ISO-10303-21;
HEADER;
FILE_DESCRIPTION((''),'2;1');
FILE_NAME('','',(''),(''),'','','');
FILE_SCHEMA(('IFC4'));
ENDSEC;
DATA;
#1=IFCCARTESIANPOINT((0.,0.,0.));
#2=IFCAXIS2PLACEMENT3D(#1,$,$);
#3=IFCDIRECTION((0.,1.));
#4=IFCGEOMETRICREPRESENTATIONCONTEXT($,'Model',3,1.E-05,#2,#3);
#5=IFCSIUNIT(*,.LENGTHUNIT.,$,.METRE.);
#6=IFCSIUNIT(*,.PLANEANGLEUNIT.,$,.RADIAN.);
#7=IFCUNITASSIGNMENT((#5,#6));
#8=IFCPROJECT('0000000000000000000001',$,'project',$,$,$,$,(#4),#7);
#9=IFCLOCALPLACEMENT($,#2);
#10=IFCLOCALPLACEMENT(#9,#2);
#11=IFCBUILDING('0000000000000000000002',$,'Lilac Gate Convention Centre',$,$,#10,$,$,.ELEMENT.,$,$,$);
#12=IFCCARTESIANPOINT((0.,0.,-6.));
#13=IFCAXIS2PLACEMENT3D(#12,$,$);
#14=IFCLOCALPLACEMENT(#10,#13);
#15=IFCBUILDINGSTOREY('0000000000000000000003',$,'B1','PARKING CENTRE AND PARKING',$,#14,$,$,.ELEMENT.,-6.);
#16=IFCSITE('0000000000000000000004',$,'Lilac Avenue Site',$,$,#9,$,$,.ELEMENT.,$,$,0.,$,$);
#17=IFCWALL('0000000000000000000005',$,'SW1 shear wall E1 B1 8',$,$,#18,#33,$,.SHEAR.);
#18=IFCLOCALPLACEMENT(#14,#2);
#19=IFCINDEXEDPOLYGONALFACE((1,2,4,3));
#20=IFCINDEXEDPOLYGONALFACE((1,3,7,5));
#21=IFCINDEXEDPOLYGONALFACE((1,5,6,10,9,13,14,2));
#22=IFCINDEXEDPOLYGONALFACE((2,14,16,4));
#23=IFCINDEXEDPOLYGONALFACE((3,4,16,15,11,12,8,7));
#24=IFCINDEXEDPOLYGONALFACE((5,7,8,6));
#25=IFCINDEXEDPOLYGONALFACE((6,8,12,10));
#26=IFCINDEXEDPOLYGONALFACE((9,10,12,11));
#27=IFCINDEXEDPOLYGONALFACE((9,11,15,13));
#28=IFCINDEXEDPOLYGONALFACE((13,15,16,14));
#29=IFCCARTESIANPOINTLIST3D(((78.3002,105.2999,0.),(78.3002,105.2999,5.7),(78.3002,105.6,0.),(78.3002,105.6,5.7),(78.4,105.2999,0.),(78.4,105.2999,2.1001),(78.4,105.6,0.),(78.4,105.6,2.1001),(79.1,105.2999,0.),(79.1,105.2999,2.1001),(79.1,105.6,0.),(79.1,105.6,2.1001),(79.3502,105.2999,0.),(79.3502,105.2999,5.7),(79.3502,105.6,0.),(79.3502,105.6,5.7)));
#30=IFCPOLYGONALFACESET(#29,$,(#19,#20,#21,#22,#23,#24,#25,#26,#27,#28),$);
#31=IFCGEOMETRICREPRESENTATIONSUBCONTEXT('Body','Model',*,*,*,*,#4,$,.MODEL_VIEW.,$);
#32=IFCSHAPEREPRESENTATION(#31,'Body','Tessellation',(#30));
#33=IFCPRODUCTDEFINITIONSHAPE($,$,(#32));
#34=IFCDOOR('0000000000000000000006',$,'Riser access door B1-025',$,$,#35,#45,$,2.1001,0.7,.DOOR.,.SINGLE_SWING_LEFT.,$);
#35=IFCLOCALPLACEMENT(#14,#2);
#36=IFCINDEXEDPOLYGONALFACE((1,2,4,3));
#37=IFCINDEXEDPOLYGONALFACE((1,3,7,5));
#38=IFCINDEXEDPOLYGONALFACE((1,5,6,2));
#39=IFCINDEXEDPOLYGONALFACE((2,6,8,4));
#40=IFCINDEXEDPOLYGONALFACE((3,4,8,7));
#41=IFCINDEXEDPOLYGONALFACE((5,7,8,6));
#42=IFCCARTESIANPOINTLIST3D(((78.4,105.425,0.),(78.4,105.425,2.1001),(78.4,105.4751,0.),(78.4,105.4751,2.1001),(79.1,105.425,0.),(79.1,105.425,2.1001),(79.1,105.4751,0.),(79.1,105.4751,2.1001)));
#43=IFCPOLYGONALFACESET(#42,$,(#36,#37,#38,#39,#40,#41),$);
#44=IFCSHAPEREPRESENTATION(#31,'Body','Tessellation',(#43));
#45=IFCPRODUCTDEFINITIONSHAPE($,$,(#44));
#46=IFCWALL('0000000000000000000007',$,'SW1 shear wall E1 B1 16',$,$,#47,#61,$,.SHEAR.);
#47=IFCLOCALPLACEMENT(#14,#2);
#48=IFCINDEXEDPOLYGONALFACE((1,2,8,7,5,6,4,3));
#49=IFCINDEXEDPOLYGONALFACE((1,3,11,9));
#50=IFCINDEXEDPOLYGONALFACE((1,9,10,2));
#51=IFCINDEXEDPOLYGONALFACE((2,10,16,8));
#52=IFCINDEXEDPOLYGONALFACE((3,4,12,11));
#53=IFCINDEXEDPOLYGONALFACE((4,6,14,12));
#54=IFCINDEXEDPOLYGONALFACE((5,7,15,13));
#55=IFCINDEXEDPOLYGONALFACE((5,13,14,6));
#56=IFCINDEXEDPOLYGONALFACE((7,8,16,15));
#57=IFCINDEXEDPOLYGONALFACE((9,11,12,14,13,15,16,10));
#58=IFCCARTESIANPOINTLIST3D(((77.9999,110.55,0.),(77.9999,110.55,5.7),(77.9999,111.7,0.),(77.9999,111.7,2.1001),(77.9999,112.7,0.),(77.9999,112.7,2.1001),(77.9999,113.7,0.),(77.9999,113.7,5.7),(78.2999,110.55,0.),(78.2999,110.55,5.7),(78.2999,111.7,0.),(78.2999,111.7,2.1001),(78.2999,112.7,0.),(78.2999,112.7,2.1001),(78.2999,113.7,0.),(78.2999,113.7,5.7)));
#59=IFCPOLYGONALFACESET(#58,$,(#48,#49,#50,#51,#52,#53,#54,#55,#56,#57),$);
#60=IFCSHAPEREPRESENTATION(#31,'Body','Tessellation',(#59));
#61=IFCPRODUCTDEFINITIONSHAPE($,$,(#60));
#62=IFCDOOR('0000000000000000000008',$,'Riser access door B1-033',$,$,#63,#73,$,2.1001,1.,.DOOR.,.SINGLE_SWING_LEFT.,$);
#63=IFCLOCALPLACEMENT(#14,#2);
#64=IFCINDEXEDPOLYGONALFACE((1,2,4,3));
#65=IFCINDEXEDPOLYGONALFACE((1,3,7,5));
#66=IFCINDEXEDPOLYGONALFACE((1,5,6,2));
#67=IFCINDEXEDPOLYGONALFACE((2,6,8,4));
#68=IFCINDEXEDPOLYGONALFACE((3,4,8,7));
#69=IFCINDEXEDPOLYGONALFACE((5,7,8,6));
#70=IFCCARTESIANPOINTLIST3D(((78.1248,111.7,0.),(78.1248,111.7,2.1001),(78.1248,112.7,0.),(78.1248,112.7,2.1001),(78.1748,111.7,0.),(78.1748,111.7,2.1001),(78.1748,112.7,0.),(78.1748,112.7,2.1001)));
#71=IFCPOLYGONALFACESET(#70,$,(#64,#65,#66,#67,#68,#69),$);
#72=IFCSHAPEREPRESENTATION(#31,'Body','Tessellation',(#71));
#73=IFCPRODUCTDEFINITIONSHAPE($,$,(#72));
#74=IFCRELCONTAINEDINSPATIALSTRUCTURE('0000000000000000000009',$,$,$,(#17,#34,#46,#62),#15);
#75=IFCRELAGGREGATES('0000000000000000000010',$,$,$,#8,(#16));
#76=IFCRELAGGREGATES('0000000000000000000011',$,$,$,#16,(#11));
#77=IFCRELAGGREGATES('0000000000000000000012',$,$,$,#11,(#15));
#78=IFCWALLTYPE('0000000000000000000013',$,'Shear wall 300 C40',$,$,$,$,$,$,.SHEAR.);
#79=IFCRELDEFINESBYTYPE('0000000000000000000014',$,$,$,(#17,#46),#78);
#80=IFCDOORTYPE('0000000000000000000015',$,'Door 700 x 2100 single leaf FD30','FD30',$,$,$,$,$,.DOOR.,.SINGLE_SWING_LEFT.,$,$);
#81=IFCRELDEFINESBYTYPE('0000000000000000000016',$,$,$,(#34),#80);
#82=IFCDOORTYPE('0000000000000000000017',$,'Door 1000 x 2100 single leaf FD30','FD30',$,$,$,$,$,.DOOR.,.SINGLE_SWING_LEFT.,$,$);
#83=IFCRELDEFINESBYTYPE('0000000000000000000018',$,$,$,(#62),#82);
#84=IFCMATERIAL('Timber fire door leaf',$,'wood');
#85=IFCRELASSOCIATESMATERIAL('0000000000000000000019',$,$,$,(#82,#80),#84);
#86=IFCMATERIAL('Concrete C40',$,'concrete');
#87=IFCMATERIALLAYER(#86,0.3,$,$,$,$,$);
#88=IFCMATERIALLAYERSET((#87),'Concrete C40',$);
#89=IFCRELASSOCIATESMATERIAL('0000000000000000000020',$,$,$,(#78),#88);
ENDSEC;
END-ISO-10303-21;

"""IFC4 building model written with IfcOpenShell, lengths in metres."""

from ifc_helpers import new_model, si_unit, direction, frame, frame_2d, origin, place, context, subcontext, project, spatial, rectangle, extrude, material, layer, layer_set, type_object, element, fill, save


model = new_model("IFC4")

# Units and contexts
model_context = context("Model", 3, precision=1e-05, world=origin(), true_north=direction((0.0, 1.0)))
body_context = subcontext(model_context, "Body", "Model", "MODEL_VIEW")
ifc_project = project(units=[si_unit("LENGTHUNIT", "METRE"), si_unit("PLANEANGLEUNIT", "RADIAN")], contexts=[model_context])

# Site, building, storey
site_placement = place(None, origin())
site = spatial("IfcSite", under=ifc_project, at=site_placement, Name="Lilac Avenue Site", CompositionType="ELEMENT", RefElevation=0.0)
building_placement = place(site_placement, origin())
building = spatial("IfcBuilding", under=site, at=building_placement, Name="Lilac Gate Convention Centre", CompositionType="ELEMENT")
storey_placement = place(building_placement, frame((0.0, 0.0, -6.0)))
storey = spatial("IfcBuildingStorey", under=building, at=storey_placement, Name="B1", Description="PARKING CENTRE AND PARKING", CompositionType="ELEMENT", Elevation=-6.0)

# Shared definitions
ifc_material_1 = material(Name="Concrete C40", Category="concrete")

# Shared definitions
ifc_material_2 = material(Name="Timber fire door leaf", Category="wood")

# Shared definitions
door_type_1 = type_object("IfcDoorType", Name="Door 1000 x 2100 single leaf FD30", Description="FD30", OperationType="SINGLE_SWING_LEFT", PredefinedType="DOOR", material=ifc_material_2)

# Walls, openings, doors
ifc_layer_1 = layer(ifc_material_1, 0.3)
ifc_layer_set_1 = layer_set([ifc_layer_1], Name="Concrete C40")
wall_type_1 = type_object("IfcWallType", Name="Shear wall 300 C40", PredefinedType="SHEAR", material=ifc_layer_set_1)
wall_1_placement = place(storey_placement, frame((79.3501, 105.45, 0.0), z_axis=(0.0, 0.0, 1.0), x_axis=(-1.0, 0.0, 0.0)))
wall_1 = element("IfcWall", 1, at=wall_1_placement, inside=storey, type_object=wall_type_1, Name="SW1 shear wall E1 B1 8", PredefinedType="SHEAR", context=body_context, shape_type="SweptSolid", body=[
    extrude(rectangle(XDim=1.05, YDim=0.3, at=frame_2d((0.5249, 0.0))), origin(), (0.0, 0.0, 1.0), 5.7),
])
opening_1_placement = place(wall_1_placement, frame((0.25, 0.0, 0.0)))
opening_1 = element("IfcOpeningElement", 2, at=opening_1_placement, cuts=wall_1, PredefinedType="OPENING", context=body_context, shape_type="SweptSolid", body=[
    extrude(rectangle(XDim=0.7, YDim=2.1001, at=frame_2d((0.3501, 1.05))), frame((0.0, 0.1599, 0.0), z_axis=(0.0, -1.0, 0.0), x_axis=(1.0, 0.0, 0.0)), (0.0, 0.0, 1.0), 0.3201),
])
door_type_2 = type_object("IfcDoorType", Name="Door 700 x 2100 single leaf FD30", Description="FD30", OperationType="SINGLE_SWING_LEFT", PredefinedType="DOOR", material=ifc_material_2)
door_1_placement = place(opening_1_placement, origin())
door_1 = element("IfcDoor", 3, at=door_1_placement, inside=storey, type_object=door_type_2, Name="Riser access door B1-025", OperationType="SINGLE_SWING_LEFT", OverallHeight=2.1001, OverallWidth=0.7, PredefinedType="DOOR", context=body_context, shape_type="SweptSolid", body=[
    extrude(rectangle(XDim=0.7, YDim=2.1001, at=frame_2d((0.3501, 1.05))), frame((0.0, 0.0249, 0.0), z_axis=(0.0, -1.0, 0.0), x_axis=(1.0, 0.0, 0.0)), (0.0, 0.0, 1.0), 0.05),
])
fill(opening_1, door_1)
wall_2_placement = place(storey_placement, frame((78.1499, 110.55, 0.0), z_axis=(0.0, 0.0, 1.0), x_axis=(0.0, 1.0, 0.0)))
wall_2 = element("IfcWall", 4, at=wall_2_placement, inside=storey, type_object=wall_type_1, Name="SW1 shear wall E1 B1 16", PredefinedType="SHEAR", context=body_context, shape_type="SweptSolid", body=[
    extrude(rectangle(XDim=3.1499, YDim=0.3, at=frame_2d((1.575, 0.0))), origin(), (0.0, 0.0, 1.0), 5.7),
])
opening_2_placement = place(wall_2_placement, frame((1.1499, 0.0, 0.0)))
opening_2 = element("IfcOpeningElement", 5, at=opening_2_placement, cuts=wall_2, PredefinedType="OPENING", context=body_context, shape_type="SweptSolid", body=[
    extrude(rectangle(XDim=1.0, YDim=2.1001, at=frame_2d((0.5, 1.05))), frame((0.0, 0.1599, 0.0), z_axis=(0.0, -1.0, 0.0), x_axis=(1.0, 0.0, 0.0)), (0.0, 0.0, 1.0), 0.3201),
])
door_2_placement = place(opening_2_placement, frame((1.0, 0.0, 0.0), z_axis=(0.0, 0.0, 1.0), x_axis=(-1.0, 0.0, 0.0)))
door_2 = element("IfcDoor", 6, at=door_2_placement, inside=storey, type_object=door_type_1, Name="Riser access door B1-033", OperationType="SINGLE_SWING_LEFT", OverallHeight=2.1001, OverallWidth=1.0, PredefinedType="DOOR", context=body_context, shape_type="SweptSolid", body=[
    extrude(rectangle(XDim=1.0, YDim=2.1001, at=frame_2d((0.5, 1.05))), frame((0.0, 0.0249, 0.0), z_axis=(0.0, -1.0, 0.0), x_axis=(1.0, 0.0, 0.0)), (0.0, 0.0, 1.0), 0.05),
])
fill(opening_2, door_2)

save(model, "model.ifc")
